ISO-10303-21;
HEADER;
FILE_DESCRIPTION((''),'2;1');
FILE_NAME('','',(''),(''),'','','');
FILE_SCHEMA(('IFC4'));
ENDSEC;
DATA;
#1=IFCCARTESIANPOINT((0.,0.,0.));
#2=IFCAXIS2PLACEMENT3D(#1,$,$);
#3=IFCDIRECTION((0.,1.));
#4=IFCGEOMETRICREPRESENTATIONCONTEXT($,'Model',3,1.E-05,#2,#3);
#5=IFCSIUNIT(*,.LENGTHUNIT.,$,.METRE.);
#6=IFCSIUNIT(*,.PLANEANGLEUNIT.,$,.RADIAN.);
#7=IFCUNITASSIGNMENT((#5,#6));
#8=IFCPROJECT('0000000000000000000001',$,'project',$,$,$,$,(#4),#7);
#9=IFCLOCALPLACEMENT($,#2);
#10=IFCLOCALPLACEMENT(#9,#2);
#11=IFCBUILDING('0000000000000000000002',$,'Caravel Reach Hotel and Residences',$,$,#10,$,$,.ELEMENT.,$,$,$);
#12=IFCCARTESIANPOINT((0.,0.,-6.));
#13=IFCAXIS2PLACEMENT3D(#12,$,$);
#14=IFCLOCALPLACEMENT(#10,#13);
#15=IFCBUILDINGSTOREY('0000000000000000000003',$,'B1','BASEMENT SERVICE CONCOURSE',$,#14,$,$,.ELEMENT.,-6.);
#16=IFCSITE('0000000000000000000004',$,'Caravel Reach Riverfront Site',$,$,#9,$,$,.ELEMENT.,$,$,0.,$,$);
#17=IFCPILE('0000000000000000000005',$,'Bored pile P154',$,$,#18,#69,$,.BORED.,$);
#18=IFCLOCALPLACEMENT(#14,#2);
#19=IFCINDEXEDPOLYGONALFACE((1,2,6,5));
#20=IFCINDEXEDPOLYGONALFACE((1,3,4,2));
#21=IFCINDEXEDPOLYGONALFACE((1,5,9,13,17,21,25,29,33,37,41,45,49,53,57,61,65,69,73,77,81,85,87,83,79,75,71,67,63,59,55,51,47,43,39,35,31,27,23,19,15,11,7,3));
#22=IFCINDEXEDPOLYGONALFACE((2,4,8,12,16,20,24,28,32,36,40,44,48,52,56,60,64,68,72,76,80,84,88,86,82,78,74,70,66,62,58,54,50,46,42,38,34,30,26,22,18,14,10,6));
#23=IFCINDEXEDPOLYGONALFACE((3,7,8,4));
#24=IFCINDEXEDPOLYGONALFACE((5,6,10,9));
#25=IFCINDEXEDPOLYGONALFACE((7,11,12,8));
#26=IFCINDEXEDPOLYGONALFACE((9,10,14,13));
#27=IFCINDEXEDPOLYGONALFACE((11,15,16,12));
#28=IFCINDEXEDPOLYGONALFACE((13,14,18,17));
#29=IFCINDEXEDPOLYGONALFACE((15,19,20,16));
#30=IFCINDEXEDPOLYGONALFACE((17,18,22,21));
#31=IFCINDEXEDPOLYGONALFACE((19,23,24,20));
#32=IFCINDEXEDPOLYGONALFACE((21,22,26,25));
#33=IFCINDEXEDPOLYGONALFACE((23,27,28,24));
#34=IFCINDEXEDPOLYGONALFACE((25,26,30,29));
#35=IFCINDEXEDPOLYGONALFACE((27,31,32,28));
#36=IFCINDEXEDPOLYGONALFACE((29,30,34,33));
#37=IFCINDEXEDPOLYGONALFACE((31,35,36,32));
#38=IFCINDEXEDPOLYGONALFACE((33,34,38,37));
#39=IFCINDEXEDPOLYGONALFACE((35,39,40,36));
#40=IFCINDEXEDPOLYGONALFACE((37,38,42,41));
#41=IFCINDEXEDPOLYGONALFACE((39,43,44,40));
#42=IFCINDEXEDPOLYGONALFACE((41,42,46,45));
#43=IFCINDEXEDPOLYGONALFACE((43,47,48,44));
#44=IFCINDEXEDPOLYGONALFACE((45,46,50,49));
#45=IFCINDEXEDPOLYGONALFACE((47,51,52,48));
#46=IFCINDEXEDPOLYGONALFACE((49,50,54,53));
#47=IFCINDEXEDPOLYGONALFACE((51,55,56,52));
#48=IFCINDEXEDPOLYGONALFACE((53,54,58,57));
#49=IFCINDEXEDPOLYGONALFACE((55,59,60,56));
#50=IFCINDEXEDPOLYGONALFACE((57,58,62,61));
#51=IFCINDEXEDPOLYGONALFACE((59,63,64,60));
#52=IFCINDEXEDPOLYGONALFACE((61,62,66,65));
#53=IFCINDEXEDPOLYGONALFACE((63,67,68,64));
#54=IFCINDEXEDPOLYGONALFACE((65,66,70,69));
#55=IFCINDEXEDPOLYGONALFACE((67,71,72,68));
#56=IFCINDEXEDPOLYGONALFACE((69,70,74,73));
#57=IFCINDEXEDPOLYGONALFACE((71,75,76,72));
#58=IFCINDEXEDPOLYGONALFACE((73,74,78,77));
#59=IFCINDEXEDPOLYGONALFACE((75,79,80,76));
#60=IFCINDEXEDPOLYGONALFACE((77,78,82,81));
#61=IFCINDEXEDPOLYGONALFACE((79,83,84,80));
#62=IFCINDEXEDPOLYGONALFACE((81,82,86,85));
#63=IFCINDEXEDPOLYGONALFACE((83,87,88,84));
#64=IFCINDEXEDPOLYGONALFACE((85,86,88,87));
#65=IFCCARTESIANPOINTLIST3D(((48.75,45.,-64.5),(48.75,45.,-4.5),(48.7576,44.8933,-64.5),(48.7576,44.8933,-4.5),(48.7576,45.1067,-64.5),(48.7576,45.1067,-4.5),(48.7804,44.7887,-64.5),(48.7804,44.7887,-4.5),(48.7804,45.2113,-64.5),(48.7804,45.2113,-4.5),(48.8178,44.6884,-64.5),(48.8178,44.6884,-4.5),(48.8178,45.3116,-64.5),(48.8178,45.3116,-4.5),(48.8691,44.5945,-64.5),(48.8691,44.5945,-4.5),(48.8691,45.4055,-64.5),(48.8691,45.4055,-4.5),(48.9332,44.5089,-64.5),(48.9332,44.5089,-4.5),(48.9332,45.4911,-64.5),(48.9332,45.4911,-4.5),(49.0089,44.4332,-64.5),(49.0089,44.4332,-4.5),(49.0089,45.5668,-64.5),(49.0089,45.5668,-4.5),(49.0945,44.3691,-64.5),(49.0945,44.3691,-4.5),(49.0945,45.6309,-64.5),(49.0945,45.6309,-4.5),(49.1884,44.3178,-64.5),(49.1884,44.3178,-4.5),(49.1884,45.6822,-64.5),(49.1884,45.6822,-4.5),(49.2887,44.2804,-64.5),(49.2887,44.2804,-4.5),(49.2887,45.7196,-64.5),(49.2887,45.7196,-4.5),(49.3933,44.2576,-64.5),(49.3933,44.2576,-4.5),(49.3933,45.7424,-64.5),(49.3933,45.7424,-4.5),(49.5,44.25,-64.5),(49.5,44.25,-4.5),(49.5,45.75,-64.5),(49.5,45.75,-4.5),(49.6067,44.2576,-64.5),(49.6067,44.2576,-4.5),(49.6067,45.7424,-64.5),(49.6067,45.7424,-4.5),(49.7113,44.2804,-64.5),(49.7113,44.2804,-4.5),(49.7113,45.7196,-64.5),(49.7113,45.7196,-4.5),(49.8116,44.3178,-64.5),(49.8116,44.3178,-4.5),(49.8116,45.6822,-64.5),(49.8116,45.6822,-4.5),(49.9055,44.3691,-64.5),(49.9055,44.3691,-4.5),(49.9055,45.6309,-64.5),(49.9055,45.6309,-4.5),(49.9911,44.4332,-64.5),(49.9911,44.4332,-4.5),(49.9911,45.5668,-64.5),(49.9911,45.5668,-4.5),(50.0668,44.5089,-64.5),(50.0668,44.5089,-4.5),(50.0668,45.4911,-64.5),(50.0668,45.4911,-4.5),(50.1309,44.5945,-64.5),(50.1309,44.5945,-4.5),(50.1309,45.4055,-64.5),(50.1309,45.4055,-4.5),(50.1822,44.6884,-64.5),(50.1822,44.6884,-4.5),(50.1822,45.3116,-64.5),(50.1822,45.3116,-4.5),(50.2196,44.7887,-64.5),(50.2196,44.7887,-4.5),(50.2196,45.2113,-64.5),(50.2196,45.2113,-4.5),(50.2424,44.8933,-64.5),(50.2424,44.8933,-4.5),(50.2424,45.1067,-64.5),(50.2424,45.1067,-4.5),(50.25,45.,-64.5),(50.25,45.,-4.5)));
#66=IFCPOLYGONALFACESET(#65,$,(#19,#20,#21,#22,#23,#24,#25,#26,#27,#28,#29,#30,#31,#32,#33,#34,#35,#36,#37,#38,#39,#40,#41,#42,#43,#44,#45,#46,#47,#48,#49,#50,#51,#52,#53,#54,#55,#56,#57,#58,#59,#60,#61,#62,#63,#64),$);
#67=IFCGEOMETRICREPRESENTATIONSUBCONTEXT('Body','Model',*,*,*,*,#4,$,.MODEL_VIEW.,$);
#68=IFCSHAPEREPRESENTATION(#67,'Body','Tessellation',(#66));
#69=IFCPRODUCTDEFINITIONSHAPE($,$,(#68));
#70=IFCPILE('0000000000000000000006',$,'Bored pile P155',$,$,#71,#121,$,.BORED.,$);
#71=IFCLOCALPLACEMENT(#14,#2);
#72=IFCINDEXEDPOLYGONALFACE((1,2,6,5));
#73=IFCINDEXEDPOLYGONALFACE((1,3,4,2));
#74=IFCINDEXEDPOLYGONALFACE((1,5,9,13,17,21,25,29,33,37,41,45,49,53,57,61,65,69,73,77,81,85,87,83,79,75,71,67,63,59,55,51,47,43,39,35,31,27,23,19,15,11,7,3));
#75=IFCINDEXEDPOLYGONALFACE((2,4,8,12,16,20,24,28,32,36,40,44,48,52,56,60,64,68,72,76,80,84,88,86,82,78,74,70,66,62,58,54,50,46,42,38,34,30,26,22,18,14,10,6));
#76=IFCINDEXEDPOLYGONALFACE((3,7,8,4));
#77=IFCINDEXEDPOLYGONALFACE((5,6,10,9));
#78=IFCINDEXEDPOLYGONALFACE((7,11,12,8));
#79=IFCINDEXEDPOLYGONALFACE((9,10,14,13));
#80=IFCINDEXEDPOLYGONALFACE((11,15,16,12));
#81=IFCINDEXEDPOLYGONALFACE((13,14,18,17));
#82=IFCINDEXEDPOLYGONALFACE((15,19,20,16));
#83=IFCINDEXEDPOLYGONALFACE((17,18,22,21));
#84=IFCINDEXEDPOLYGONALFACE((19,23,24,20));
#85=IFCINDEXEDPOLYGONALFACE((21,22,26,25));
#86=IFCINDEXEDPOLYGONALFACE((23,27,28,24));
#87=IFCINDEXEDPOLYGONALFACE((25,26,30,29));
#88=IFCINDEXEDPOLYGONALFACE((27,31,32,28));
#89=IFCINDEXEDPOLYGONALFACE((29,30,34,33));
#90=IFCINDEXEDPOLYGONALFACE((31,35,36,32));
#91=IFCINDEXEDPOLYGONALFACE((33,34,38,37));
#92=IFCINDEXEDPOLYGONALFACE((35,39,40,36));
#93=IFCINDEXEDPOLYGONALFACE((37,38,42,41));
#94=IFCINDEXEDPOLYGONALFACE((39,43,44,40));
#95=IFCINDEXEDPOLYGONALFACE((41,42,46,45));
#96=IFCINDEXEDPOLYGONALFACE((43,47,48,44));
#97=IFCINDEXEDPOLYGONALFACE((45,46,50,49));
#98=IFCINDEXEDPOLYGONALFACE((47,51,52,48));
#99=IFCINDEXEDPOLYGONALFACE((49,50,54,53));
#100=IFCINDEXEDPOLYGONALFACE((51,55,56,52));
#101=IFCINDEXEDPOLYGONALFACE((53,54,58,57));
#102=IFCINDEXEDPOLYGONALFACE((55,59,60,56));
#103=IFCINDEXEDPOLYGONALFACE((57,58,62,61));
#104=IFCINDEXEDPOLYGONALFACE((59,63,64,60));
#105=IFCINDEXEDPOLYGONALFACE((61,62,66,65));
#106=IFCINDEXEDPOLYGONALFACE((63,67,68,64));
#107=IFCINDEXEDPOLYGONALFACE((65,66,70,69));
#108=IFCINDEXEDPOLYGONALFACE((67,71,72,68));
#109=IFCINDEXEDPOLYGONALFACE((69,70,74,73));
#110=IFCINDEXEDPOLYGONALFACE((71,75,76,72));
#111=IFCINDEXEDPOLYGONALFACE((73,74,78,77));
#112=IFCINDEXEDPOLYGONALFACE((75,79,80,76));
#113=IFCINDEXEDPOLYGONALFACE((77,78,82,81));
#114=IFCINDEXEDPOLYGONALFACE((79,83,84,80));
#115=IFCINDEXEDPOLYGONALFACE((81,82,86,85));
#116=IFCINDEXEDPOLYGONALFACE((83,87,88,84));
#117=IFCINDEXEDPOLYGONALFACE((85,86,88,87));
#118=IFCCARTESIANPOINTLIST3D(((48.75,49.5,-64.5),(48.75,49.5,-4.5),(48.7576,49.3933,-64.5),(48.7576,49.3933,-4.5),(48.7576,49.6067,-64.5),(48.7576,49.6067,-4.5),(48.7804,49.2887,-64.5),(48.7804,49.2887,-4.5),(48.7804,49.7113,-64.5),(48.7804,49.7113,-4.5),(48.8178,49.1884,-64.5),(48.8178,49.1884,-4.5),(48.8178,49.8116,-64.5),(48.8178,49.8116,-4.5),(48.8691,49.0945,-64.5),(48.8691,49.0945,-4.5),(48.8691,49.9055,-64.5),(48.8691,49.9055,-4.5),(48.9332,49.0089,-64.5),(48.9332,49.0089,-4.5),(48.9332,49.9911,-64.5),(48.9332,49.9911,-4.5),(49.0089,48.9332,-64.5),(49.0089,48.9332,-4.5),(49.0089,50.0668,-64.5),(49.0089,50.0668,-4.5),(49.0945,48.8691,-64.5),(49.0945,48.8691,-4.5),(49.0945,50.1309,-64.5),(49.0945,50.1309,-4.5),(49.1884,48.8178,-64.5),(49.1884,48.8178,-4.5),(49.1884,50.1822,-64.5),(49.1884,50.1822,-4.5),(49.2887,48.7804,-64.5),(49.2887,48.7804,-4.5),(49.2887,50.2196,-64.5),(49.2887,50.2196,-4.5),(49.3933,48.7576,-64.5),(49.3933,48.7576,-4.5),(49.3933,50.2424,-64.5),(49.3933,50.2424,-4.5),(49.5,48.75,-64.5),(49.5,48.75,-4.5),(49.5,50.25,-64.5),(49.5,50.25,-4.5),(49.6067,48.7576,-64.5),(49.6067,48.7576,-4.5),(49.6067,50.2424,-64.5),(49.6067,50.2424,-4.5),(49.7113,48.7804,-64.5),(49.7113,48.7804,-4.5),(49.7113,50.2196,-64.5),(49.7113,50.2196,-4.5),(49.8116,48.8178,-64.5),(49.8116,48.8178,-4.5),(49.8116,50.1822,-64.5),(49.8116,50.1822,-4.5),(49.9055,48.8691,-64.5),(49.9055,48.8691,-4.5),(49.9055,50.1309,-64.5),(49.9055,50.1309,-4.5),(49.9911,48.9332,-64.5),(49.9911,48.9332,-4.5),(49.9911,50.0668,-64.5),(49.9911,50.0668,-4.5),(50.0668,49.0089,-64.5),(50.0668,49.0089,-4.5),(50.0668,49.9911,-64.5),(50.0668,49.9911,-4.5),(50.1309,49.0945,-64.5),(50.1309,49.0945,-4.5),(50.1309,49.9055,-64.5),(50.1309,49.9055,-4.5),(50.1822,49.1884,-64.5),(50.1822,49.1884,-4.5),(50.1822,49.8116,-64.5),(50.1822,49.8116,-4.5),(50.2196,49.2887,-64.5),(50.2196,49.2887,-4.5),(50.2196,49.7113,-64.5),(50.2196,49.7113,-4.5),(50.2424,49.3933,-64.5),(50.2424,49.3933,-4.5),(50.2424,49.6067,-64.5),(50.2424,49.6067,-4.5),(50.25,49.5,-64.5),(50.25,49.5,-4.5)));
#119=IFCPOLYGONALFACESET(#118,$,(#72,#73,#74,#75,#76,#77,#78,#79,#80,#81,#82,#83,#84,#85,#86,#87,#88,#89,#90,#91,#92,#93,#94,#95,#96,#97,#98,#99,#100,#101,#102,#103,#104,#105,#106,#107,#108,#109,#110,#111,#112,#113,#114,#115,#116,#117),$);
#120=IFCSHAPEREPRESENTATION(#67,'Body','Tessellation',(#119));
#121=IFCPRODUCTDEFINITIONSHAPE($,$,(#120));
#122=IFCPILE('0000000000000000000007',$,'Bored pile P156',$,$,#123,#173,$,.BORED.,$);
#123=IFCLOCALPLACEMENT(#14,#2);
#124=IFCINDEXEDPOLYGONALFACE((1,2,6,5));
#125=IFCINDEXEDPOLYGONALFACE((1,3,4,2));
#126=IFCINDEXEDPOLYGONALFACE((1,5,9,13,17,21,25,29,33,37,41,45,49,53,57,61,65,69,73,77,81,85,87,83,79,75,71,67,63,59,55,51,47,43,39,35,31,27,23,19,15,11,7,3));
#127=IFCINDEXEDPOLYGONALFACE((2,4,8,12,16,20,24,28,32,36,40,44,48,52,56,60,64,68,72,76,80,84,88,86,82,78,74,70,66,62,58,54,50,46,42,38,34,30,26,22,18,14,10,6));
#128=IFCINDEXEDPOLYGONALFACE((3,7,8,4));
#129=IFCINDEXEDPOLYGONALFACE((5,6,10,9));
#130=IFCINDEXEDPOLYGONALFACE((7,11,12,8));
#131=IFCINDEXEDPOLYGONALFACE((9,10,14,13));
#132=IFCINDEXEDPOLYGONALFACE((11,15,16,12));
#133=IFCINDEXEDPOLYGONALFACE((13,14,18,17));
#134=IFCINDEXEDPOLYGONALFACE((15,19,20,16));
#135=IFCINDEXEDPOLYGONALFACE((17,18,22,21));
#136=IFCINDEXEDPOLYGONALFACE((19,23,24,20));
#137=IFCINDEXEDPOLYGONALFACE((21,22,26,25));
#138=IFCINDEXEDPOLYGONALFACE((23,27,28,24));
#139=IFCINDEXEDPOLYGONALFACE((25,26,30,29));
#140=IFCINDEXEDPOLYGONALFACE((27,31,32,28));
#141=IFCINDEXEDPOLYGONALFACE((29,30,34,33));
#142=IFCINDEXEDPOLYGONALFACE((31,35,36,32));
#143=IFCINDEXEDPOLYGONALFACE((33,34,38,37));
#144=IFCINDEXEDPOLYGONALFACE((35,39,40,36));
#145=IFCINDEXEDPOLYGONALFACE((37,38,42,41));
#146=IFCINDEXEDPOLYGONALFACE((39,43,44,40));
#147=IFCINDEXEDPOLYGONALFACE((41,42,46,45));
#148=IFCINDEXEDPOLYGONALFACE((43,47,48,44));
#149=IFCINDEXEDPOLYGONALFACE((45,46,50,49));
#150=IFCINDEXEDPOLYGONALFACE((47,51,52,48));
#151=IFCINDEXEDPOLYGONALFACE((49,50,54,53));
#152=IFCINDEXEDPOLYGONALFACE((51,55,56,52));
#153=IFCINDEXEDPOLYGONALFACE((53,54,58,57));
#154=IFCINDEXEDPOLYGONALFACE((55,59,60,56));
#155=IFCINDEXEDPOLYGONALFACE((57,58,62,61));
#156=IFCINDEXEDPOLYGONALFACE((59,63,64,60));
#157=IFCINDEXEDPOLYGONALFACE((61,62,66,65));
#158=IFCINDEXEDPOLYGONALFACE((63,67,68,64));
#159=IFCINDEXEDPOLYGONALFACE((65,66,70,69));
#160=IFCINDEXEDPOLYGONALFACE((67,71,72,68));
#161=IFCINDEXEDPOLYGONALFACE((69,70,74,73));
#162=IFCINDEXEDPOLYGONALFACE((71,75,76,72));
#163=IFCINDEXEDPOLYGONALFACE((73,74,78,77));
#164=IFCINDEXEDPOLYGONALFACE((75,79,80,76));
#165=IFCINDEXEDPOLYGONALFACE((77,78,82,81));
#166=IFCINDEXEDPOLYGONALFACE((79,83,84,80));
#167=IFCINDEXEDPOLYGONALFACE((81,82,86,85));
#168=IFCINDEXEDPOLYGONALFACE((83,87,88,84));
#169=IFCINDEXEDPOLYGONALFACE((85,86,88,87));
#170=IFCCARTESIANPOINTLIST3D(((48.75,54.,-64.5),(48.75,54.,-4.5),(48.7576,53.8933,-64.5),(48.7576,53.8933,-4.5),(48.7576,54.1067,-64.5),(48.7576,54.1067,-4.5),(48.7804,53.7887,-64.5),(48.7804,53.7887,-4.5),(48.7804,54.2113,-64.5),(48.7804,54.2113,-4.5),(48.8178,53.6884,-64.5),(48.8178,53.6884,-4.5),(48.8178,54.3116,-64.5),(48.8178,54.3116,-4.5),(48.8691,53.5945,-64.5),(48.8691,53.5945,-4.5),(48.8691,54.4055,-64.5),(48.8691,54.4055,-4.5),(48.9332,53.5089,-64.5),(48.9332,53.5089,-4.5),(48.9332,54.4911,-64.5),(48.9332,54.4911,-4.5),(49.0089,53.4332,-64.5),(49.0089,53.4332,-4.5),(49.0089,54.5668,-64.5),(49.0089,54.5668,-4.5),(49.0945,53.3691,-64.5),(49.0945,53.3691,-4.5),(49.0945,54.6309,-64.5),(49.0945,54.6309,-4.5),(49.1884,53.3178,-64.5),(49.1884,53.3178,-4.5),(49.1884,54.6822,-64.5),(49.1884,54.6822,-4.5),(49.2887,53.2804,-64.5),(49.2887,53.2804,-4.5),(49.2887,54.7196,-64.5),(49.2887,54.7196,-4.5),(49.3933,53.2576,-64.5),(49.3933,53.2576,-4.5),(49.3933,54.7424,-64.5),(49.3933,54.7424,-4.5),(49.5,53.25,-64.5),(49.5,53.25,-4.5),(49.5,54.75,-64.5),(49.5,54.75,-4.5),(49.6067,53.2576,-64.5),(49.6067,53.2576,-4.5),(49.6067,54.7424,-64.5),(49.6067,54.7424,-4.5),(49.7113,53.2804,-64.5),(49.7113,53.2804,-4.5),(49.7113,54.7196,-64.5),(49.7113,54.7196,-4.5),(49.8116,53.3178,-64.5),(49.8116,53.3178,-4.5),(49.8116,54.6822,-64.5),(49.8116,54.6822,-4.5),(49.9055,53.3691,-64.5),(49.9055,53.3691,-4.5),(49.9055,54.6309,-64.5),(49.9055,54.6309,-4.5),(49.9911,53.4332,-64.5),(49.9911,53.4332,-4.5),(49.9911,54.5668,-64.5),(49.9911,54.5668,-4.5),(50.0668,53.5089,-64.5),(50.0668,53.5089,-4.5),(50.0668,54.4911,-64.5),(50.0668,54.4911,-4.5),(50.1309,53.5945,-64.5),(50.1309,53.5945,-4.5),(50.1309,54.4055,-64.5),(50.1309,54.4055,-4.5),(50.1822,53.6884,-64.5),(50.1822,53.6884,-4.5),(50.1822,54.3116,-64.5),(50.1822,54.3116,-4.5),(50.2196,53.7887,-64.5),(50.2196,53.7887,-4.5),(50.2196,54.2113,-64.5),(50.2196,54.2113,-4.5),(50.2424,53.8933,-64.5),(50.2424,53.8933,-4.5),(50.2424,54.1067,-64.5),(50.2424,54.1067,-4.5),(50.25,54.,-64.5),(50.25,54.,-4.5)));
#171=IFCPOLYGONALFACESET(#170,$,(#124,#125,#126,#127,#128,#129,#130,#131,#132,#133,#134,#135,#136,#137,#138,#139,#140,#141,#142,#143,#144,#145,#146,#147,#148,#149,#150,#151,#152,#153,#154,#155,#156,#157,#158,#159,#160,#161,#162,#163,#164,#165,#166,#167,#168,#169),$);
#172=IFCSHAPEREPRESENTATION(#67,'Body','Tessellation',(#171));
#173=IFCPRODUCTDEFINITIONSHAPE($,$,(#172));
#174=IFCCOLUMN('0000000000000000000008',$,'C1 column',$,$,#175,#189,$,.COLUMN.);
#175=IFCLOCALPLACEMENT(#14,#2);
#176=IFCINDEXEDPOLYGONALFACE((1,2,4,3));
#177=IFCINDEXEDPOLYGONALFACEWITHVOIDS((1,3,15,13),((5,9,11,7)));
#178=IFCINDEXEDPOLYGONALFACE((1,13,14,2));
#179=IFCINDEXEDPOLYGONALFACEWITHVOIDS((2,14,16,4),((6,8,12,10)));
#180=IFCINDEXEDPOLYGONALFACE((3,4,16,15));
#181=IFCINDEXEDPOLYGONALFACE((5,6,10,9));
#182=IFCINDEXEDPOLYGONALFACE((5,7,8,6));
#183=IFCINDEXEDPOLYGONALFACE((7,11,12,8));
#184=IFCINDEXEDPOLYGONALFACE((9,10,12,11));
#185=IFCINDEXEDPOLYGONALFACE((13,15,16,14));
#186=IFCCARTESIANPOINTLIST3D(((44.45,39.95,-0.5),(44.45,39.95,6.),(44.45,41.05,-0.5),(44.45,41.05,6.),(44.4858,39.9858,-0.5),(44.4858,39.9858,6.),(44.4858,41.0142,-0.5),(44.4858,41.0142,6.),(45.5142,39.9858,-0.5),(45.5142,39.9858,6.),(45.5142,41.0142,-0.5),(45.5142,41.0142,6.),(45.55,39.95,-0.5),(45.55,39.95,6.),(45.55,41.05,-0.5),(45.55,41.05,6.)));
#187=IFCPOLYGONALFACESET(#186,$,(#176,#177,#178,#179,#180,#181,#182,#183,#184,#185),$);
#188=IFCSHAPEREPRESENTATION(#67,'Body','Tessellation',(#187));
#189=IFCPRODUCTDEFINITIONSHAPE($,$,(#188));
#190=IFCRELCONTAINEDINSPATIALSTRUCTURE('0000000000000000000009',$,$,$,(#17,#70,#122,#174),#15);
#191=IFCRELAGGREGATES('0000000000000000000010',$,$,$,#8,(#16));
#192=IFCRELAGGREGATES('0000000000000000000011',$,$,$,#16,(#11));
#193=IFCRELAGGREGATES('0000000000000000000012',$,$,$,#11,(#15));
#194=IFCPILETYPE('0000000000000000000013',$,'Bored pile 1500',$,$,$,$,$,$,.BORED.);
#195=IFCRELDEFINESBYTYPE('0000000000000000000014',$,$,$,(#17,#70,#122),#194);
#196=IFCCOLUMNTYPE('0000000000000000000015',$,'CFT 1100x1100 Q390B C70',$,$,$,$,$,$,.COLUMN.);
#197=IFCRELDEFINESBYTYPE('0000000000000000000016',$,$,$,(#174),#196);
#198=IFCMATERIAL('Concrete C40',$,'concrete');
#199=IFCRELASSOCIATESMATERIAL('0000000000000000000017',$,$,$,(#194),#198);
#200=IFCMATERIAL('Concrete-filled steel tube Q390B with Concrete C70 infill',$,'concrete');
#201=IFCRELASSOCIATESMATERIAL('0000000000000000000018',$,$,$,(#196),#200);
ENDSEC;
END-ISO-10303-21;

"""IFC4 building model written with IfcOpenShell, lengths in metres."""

from ifc_helpers import new_model, si_unit, direction, frame, origin, origin_2d, place, context, subcontext, project, spatial, hollow_rectangle, circle, extrude, material, material_profile, profile_set, type_object, element, save


model = new_model("IFC4")

# Units and contexts
model_context = context("Model", 3, precision=1e-05, world=origin(), true_north=direction((0.0, 1.0)))
body_context = subcontext(model_context, "Body", "Model", "MODEL_VIEW")
ifc_project = project(units=[si_unit("LENGTHUNIT", "METRE"), si_unit("PLANEANGLEUNIT", "RADIAN")], contexts=[model_context])

# Site, building, storey
site_placement = place(None, origin())
site = spatial("IfcSite", under=ifc_project, at=site_placement, Name="Caravel Reach Riverfront Site", CompositionType="ELEMENT", RefElevation=0.0)
building_placement = place(site_placement, origin())
building = spatial("IfcBuilding", under=site, at=building_placement, Name="Caravel Reach Hotel and Residences", CompositionType="ELEMENT")
storey_placement = place(building_placement, frame((0.0, 0.0, -6.0)))
storey = spatial("IfcBuildingStorey", under=building, at=storey_placement, Name="B1", Description="BASEMENT SERVICE CONCOURSE", CompositionType="ELEMENT", Elevation=-6.0)

# Piles
ifc_material_1 = material(Name="Concrete C40", Category="concrete")
ifc_material_profile_1 = material_profile(ifc_material_1, circle(Radius=0.75, at=origin_2d()), Name="PILE 1500")
ifc_profile_set_1 = profile_set([ifc_material_profile_1], Name="Concrete C40")
pile_type = type_object("IfcPileType", Name="Bored pile 1500", PredefinedType="BORED", material=ifc_profile_set_1)
for number, where, z_axis, x_axis, name in (
    (1, (49.5, 45.0, -4.5), (0.0, 0.0, -1.0), (1.0, 0.0, 0.0), "Bored pile P154"),
    (2, (49.5, 49.5, -4.5), (0.0, 0.0, -1.0), (1.0, 0.0, 0.0), "Bored pile P155"),
    (3, (49.5, 54.0, -4.5), (0.0, 0.0, -1.0), (1.0, 0.0, 0.0), "Bored pile P156"),
):
    element("IfcPile", number, at=place(storey_placement, frame(where, z_axis=z_axis, x_axis=x_axis)), inside=storey, type_object=pile_type, Name=name, PredefinedType="BORED", context=body_context, shape_type="SweptSolid", body=[
        extrude(circle(Radius=0.75, at=origin_2d()), origin(), (0.0, 0.0, 1.0), 60.0),
    ])

# Column
ifc_material_2 = material(Name="Concrete-filled steel tube Q390B with Concrete C70 infill", Category="concrete")
ifc_material_profile_2 = material_profile(ifc_material_2, hollow_rectangle(XDim=1.1001, YDim=1.1001, WallThickness=0.0359, at=origin_2d()), Name="RHS 1100x1100x36")
ifc_profile_set_2 = profile_set([ifc_material_profile_2], Name="Concrete-filled steel tube Q390B with Concrete C70 infill")
column_type_1 = type_object("IfcColumnType", Name="CFT 1100x1100 Q390B C70", PredefinedType="COLUMN", material=ifc_profile_set_2)
column_placement = place(storey_placement, frame((45.0, 40.5, -0.5), z_axis=(0.0, 0.0, 1.0), x_axis=(1.0, 0.0, 0.0)))
element("IfcColumn", 4, at=column_placement, inside=storey, type_object=column_type_1, Name="C1 column", PredefinedType="COLUMN", context=body_context, shape_type="SweptSolid", body=[
    extrude(hollow_rectangle(XDim=1.1001, YDim=1.1001, WallThickness=0.0359, at=origin_2d()), origin(), (0.0, 0.0, 1.0), 6.5),
])

save(model, "model.ifc")
